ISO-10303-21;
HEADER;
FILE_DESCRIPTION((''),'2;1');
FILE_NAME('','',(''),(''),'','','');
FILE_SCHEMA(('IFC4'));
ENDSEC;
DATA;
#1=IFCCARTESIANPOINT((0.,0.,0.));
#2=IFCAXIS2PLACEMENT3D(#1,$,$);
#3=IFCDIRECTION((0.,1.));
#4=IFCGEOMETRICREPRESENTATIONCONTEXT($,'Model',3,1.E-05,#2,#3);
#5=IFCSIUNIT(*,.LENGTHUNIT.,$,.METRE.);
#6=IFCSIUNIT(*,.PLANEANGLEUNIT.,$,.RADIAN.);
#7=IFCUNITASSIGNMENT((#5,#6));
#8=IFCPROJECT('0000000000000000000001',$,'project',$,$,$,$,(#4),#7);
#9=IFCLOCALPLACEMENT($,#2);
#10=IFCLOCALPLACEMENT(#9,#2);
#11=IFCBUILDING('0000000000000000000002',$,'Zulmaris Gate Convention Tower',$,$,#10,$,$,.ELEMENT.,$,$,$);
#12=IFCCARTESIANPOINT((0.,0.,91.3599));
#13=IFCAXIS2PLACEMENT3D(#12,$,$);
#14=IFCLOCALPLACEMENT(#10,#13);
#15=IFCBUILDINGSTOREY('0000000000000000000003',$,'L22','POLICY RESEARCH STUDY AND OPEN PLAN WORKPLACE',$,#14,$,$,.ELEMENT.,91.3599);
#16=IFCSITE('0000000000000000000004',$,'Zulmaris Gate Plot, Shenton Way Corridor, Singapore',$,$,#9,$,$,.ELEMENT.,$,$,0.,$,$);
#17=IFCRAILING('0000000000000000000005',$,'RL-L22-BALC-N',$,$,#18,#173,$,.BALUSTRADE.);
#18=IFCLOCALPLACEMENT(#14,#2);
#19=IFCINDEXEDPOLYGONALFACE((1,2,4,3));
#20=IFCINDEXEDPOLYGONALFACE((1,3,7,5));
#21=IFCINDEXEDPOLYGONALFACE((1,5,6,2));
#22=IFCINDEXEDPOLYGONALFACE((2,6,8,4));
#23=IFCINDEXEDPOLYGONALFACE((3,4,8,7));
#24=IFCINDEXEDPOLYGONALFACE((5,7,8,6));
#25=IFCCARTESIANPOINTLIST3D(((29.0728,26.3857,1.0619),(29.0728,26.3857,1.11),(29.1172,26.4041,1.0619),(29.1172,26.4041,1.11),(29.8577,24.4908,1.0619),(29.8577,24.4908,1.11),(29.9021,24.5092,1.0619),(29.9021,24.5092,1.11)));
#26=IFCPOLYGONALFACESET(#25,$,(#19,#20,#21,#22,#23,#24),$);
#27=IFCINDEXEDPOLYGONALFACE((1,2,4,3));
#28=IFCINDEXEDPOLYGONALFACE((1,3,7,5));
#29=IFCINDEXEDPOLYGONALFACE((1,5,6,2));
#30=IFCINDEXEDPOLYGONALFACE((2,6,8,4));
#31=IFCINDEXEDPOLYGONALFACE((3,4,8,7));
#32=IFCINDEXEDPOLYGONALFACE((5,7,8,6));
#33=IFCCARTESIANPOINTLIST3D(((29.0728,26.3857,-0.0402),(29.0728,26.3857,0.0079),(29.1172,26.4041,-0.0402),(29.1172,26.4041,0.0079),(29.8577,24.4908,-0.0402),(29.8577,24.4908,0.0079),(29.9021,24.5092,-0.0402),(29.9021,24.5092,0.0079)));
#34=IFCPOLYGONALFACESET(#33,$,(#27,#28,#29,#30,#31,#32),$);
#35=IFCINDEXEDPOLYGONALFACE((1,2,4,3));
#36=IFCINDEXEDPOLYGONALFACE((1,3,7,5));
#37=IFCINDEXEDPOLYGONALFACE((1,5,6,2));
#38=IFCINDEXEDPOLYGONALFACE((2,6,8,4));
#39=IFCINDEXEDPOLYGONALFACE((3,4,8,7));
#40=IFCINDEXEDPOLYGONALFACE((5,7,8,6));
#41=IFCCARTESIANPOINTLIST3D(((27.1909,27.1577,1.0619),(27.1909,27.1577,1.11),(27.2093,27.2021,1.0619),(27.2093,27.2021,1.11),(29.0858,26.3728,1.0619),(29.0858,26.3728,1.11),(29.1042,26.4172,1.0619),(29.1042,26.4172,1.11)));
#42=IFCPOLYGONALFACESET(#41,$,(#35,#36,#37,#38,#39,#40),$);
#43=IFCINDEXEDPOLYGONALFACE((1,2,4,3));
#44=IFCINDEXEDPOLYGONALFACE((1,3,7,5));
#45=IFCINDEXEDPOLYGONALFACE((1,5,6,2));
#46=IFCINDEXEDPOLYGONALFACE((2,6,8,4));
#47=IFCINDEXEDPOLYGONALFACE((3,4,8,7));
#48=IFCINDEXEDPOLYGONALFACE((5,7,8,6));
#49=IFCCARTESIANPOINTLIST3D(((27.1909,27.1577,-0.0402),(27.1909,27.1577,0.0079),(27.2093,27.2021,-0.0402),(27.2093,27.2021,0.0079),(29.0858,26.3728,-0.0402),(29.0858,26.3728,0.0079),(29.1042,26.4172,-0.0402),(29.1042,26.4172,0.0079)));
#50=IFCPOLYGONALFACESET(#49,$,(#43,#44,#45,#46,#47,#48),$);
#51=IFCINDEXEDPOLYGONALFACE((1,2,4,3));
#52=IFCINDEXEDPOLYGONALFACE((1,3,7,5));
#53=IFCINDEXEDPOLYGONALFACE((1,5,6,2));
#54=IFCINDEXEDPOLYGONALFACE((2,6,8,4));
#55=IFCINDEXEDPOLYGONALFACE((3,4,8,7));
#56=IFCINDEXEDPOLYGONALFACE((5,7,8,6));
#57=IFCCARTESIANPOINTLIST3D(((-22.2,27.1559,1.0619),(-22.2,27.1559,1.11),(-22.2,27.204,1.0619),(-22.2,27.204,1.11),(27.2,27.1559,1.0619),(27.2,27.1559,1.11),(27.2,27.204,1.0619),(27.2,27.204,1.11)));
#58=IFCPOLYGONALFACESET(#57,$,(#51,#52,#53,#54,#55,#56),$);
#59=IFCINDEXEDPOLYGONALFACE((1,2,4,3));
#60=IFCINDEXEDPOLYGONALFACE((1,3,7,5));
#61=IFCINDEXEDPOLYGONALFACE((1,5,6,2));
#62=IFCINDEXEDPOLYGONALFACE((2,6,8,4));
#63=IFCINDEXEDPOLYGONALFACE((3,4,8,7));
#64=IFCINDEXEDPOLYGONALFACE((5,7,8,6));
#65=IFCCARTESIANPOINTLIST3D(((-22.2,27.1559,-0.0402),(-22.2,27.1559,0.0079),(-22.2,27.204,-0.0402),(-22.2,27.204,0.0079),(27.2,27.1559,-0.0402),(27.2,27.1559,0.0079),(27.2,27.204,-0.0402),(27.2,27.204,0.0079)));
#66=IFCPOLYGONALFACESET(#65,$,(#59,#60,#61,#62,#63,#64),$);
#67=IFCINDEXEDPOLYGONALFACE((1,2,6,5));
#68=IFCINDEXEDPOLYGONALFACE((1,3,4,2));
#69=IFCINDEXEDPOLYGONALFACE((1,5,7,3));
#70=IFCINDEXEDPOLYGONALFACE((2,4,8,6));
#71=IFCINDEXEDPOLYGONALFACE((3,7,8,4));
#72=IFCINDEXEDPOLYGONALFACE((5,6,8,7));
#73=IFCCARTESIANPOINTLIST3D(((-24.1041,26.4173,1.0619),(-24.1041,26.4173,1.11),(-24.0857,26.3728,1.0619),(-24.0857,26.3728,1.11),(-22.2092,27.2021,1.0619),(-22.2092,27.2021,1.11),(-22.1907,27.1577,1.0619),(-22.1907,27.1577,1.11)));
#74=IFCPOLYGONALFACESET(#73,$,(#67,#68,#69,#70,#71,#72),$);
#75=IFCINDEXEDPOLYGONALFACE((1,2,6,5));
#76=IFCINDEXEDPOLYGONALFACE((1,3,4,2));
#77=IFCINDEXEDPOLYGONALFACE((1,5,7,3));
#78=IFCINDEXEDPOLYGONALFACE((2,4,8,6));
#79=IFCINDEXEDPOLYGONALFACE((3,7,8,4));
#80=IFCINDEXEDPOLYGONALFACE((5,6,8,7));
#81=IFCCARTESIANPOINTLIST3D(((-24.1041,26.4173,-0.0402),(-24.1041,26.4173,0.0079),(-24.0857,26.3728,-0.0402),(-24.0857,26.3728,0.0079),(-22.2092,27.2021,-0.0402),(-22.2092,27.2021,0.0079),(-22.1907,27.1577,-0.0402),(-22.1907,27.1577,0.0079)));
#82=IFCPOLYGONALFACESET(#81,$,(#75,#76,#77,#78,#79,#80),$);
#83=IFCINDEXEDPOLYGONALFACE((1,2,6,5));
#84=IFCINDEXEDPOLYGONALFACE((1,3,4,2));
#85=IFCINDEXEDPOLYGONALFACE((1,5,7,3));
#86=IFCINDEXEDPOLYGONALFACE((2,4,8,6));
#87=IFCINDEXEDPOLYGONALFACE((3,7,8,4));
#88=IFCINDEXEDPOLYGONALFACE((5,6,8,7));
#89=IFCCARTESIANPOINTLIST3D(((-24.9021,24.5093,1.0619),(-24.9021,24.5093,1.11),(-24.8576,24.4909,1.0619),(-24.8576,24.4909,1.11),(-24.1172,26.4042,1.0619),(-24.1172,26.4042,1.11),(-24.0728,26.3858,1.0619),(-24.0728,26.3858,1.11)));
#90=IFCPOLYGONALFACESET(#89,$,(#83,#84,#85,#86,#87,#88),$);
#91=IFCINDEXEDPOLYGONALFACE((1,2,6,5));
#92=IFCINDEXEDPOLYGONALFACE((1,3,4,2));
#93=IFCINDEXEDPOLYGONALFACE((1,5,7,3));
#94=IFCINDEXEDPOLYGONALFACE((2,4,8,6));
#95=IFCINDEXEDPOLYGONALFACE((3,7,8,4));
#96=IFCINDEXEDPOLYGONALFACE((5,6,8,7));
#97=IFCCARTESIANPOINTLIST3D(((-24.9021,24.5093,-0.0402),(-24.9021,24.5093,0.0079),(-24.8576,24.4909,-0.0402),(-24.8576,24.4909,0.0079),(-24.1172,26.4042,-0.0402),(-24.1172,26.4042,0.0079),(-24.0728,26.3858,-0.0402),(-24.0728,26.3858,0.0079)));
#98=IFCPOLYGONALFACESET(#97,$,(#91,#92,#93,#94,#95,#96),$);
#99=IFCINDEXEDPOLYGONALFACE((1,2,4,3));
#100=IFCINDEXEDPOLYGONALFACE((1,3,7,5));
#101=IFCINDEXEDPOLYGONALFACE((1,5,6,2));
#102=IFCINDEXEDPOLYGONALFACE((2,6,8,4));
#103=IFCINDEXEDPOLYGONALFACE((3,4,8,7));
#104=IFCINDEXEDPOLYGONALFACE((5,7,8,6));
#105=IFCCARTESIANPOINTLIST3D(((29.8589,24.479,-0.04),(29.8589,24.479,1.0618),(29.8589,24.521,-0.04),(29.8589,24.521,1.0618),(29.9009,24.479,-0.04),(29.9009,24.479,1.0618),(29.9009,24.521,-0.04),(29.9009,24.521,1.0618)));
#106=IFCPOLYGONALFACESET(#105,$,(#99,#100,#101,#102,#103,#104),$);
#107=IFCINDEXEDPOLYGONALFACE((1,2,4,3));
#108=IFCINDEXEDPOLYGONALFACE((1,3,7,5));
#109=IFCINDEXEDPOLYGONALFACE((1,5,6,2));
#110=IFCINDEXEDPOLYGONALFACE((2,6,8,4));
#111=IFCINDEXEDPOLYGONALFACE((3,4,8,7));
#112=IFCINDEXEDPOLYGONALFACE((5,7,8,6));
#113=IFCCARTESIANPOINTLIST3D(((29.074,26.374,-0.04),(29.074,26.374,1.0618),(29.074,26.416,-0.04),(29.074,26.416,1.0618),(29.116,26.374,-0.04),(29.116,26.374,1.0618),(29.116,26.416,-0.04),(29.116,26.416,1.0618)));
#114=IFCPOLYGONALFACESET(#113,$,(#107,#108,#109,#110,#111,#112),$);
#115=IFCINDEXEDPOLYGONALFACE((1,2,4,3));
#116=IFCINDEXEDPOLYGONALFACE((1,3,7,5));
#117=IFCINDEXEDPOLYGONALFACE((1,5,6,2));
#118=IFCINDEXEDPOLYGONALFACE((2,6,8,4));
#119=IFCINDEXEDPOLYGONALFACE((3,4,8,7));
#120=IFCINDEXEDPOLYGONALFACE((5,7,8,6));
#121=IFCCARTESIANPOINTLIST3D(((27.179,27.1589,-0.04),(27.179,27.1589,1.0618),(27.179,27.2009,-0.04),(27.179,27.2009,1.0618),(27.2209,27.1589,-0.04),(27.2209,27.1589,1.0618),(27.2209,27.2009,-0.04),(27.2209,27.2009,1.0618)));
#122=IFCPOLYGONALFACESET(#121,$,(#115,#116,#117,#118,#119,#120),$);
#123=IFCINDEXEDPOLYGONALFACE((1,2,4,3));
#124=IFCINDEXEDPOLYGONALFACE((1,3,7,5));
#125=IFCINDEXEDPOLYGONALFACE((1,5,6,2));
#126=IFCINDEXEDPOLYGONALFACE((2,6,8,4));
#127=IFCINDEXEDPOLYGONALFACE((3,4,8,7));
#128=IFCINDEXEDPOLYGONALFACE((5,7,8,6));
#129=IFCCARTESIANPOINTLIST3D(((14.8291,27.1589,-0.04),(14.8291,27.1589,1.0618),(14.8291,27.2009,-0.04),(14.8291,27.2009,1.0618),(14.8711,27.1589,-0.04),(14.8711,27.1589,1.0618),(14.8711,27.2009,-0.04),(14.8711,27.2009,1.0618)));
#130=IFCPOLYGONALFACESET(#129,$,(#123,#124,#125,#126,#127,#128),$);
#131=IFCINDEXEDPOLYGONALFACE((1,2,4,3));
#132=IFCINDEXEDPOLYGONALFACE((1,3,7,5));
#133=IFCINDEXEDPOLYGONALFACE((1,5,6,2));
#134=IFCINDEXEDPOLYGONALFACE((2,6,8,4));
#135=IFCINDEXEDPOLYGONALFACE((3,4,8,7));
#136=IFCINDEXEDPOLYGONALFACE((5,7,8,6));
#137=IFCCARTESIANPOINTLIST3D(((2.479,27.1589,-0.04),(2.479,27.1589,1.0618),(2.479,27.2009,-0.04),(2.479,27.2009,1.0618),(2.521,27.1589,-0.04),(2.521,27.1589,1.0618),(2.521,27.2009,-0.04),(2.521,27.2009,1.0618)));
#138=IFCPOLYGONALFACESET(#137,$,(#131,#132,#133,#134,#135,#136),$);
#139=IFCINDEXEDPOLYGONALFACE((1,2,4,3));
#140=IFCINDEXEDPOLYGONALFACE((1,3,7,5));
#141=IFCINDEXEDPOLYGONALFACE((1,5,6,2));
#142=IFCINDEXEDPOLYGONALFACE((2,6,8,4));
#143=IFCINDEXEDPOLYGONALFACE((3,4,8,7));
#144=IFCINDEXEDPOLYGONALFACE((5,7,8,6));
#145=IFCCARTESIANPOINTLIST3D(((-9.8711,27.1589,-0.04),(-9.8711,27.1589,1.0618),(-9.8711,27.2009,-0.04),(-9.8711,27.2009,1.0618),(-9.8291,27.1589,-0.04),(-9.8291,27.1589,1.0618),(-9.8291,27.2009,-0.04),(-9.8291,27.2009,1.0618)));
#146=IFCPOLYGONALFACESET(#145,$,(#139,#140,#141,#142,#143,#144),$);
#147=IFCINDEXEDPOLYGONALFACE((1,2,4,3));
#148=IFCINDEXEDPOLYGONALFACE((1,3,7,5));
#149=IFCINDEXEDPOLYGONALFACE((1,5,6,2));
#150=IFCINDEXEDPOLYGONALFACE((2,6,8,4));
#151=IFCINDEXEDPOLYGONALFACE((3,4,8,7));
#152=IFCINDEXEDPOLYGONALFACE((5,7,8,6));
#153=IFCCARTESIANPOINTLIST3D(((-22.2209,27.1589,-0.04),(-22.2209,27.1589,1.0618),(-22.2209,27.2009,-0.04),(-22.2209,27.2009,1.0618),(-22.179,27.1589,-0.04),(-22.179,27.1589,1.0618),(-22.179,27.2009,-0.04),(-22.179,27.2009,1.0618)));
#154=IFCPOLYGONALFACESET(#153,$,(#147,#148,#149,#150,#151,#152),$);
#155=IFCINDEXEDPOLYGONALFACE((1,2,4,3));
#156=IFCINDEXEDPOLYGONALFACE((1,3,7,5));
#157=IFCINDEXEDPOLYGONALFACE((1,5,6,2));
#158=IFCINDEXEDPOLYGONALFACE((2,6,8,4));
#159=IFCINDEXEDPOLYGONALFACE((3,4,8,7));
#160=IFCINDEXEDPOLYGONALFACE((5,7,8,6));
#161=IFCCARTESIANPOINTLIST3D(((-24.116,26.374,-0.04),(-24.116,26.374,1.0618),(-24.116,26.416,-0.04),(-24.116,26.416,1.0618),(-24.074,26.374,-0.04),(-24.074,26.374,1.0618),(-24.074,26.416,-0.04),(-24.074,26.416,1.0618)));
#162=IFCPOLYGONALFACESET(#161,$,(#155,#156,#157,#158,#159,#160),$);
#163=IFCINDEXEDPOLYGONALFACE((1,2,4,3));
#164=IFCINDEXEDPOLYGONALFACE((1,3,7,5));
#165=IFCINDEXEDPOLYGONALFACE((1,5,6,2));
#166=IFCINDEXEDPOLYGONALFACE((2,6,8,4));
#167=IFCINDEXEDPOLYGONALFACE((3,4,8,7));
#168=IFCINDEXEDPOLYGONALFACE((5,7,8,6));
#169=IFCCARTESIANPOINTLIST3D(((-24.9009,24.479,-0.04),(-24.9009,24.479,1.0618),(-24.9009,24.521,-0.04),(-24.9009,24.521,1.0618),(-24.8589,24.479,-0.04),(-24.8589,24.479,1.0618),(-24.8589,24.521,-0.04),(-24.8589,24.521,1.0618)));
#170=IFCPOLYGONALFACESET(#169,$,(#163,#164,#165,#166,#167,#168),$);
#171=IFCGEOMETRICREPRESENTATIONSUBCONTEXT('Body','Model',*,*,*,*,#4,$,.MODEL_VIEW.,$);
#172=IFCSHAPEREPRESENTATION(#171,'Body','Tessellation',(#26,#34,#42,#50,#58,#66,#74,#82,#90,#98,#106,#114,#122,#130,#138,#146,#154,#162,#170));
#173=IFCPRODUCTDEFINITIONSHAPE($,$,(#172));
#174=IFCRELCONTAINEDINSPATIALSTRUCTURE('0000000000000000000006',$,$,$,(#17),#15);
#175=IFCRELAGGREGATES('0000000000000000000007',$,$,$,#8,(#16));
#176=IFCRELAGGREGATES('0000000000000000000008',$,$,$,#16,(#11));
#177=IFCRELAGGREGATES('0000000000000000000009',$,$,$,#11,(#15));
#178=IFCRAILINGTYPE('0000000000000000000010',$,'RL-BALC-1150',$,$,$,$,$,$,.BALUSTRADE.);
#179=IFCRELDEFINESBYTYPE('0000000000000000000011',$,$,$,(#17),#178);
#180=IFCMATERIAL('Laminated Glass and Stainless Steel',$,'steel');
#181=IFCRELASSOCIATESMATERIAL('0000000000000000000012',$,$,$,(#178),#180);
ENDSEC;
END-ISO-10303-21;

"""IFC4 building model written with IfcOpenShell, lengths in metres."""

from ifc_helpers import new_model, si_unit, direction, frame, origin, origin_2d, place, context, subcontext, project, spatial, rectangle, extrude, material, type_object, element, save


model = new_model("IFC4")

# Units and contexts
model_context = context("Model", 3, precision=1e-05, world=origin(), true_north=direction((0.0, 1.0)))
body_context = subcontext(model_context, "Body", "Model", "MODEL_VIEW")
ifc_project = project(units=[si_unit("LENGTHUNIT", "METRE"), si_unit("PLANEANGLEUNIT", "RADIAN")], contexts=[model_context])

# Site, building, storey
site_placement = place(None, origin())
site = spatial("IfcSite", under=ifc_project, at=site_placement, Name="Zulmaris Gate Plot, Shenton Way Corridor, Singapore", CompositionType="ELEMENT", RefElevation=0.0)
building_placement = place(site_placement, origin())
building = spatial("IfcBuilding", under=site, at=building_placement, Name="Zulmaris Gate Convention Tower", CompositionType="ELEMENT")
storey_placement = place(building_placement, frame((0.0, 0.0, 91.3599)))
storey = spatial("IfcBuildingStorey", under=building, at=storey_placement, Name="L22", Description="POLICY RESEARCH STUDY AND OPEN PLAN WORKPLACE", CompositionType="ELEMENT", Elevation=91.3599)

# Railing
ifc_material_1 = material(Name="Laminated Glass and Stainless Steel", Category="steel")
railing_type = type_object("IfcRailingType", Name="RL-BALC-1150", PredefinedType="BALUSTRADE", material=ifc_material_1)
railing_placement = place(storey_placement, frame((29.8799, 24.5, -0.04)))
element("IfcRailing", 1, at=railing_placement, inside=storey, type_object=railing_type, Name="RL-L22-BALC-N", PredefinedType="BALUSTRADE", context=body_context, shape_type="SweptSolid", body=[
    extrude(rectangle(XDim=0.0481, YDim=0.0481, at=origin_2d()), frame((0.0, 0.0, 1.126), z_axis=(-0.382671, 0.923885, 0.0), x_axis=(-0.923885, -0.382671, 0.0)), (0.0, 0.0, 1.0), 2.051),
    extrude(rectangle(XDim=0.0481, YDim=0.0481, at=origin_2d()), frame((0.0, 0.0, 0.0239), z_axis=(-0.382671, 0.923885, 0.0), x_axis=(-0.923885, -0.382671, 0.0)), (0.0, 0.0, 1.0), 2.051),
    extrude(rectangle(XDim=0.0481, YDim=0.0481, at=origin_2d()), frame((-0.7849, 1.895, 1.126), z_axis=(-0.923885, 0.382671, 0.0), x_axis=(-0.382671, -0.923885, 0.0)), (0.0, 0.0, 1.0), 2.051),
    extrude(rectangle(XDim=0.0481, YDim=0.0481, at=origin_2d()), frame((-0.7849, 1.895, 0.0239), z_axis=(-0.923885, 0.382671, 0.0), x_axis=(-0.382671, -0.923885, 0.0)), (0.0, 0.0, 1.0), 2.051),
    extrude(rectangle(XDim=0.0481, YDim=0.0481, at=origin_2d()), frame((-2.6799, 2.6799, 1.126), z_axis=(-1.0, 0.0, 0.0), x_axis=(0.0, -1.0, 0.0)), (0.0, 0.0, 1.0), 49.3999),
    extrude(rectangle(XDim=0.0481, YDim=0.0481, at=origin_2d()), frame((-2.6799, 2.6799, 0.0239), z_axis=(-1.0, 0.0, 0.0), x_axis=(0.0, -1.0, 0.0)), (0.0, 0.0, 1.0), 49.3999),
    extrude(rectangle(XDim=0.0481, YDim=0.0481, at=origin_2d()), frame((-52.0798, 2.6799, 1.126), z_axis=(-0.923885, -0.382671, 0.0), x_axis=(0.382671, -0.923885, 0.0)), (0.0, 0.0, 1.0), 2.051),
    extrude(rectangle(XDim=0.0481, YDim=0.0481, at=origin_2d()), frame((-52.0798, 2.6799, 0.0239), z_axis=(-0.923885, -0.382671, 0.0), x_axis=(0.382671, -0.923885, 0.0)), (0.0, 0.0, 1.0), 2.051),
    extrude(rectangle(XDim=0.0481, YDim=0.0481, at=origin_2d()), frame((-53.9749, 1.895, 1.126), z_axis=(-0.382671, -0.923885, 0.0), x_axis=(0.923885, -0.382671, 0.0)), (0.0, 0.0, 1.0), 2.051),
    extrude(rectangle(XDim=0.0481, YDim=0.0481, at=origin_2d()), frame((-53.9749, 1.895, 0.0239), z_axis=(-0.382671, -0.923885, 0.0), x_axis=(0.923885, -0.382671, 0.0)), (0.0, 0.0, 1.0), 2.051),
    extrude(rectangle(XDim=0.042, YDim=0.042, at=origin_2d()), origin(), (0.0, 0.0, 1.0), 1.1018),
    extrude(rectangle(XDim=0.042, YDim=0.042, at=origin_2d()), frame((-0.7849, 1.895, 0.0)), (0.0, 0.0, 1.0), 1.1018),
    extrude(rectangle(XDim=0.042, YDim=0.042, at=origin_2d()), frame((-2.6799, 2.6799, 0.0)), (0.0, 0.0, 1.0), 1.1018),
    extrude(rectangle(XDim=0.042, YDim=0.042, at=origin_2d()), frame((-15.0298, 2.6799, 0.0)), (0.0, 0.0, 1.0), 1.1018),
    extrude(rectangle(XDim=0.042, YDim=0.042, at=origin_2d()), frame((-27.3799, 2.6799, 0.0)), (0.0, 0.0, 1.0), 1.1018),
    extrude(rectangle(XDim=0.042, YDim=0.042, at=origin_2d()), frame((-39.73, 2.6799, 0.0)), (0.0, 0.0, 1.0), 1.1018),
    extrude(rectangle(XDim=0.042, YDim=0.042, at=origin_2d()), frame((-52.0798, 2.6799, 0.0)), (0.0, 0.0, 1.0), 1.1018),
    extrude(rectangle(XDim=0.042, YDim=0.042, at=origin_2d()), frame((-53.9749, 1.895, 0.0)), (0.0, 0.0, 1.0), 1.1018),
    extrude(rectangle(XDim=0.042, YDim=0.042, at=origin_2d()), frame((-54.7598, 0.0, 0.0)), (0.0, 0.0, 1.0), 1.1018),
])

save(model, "model.ifc")
